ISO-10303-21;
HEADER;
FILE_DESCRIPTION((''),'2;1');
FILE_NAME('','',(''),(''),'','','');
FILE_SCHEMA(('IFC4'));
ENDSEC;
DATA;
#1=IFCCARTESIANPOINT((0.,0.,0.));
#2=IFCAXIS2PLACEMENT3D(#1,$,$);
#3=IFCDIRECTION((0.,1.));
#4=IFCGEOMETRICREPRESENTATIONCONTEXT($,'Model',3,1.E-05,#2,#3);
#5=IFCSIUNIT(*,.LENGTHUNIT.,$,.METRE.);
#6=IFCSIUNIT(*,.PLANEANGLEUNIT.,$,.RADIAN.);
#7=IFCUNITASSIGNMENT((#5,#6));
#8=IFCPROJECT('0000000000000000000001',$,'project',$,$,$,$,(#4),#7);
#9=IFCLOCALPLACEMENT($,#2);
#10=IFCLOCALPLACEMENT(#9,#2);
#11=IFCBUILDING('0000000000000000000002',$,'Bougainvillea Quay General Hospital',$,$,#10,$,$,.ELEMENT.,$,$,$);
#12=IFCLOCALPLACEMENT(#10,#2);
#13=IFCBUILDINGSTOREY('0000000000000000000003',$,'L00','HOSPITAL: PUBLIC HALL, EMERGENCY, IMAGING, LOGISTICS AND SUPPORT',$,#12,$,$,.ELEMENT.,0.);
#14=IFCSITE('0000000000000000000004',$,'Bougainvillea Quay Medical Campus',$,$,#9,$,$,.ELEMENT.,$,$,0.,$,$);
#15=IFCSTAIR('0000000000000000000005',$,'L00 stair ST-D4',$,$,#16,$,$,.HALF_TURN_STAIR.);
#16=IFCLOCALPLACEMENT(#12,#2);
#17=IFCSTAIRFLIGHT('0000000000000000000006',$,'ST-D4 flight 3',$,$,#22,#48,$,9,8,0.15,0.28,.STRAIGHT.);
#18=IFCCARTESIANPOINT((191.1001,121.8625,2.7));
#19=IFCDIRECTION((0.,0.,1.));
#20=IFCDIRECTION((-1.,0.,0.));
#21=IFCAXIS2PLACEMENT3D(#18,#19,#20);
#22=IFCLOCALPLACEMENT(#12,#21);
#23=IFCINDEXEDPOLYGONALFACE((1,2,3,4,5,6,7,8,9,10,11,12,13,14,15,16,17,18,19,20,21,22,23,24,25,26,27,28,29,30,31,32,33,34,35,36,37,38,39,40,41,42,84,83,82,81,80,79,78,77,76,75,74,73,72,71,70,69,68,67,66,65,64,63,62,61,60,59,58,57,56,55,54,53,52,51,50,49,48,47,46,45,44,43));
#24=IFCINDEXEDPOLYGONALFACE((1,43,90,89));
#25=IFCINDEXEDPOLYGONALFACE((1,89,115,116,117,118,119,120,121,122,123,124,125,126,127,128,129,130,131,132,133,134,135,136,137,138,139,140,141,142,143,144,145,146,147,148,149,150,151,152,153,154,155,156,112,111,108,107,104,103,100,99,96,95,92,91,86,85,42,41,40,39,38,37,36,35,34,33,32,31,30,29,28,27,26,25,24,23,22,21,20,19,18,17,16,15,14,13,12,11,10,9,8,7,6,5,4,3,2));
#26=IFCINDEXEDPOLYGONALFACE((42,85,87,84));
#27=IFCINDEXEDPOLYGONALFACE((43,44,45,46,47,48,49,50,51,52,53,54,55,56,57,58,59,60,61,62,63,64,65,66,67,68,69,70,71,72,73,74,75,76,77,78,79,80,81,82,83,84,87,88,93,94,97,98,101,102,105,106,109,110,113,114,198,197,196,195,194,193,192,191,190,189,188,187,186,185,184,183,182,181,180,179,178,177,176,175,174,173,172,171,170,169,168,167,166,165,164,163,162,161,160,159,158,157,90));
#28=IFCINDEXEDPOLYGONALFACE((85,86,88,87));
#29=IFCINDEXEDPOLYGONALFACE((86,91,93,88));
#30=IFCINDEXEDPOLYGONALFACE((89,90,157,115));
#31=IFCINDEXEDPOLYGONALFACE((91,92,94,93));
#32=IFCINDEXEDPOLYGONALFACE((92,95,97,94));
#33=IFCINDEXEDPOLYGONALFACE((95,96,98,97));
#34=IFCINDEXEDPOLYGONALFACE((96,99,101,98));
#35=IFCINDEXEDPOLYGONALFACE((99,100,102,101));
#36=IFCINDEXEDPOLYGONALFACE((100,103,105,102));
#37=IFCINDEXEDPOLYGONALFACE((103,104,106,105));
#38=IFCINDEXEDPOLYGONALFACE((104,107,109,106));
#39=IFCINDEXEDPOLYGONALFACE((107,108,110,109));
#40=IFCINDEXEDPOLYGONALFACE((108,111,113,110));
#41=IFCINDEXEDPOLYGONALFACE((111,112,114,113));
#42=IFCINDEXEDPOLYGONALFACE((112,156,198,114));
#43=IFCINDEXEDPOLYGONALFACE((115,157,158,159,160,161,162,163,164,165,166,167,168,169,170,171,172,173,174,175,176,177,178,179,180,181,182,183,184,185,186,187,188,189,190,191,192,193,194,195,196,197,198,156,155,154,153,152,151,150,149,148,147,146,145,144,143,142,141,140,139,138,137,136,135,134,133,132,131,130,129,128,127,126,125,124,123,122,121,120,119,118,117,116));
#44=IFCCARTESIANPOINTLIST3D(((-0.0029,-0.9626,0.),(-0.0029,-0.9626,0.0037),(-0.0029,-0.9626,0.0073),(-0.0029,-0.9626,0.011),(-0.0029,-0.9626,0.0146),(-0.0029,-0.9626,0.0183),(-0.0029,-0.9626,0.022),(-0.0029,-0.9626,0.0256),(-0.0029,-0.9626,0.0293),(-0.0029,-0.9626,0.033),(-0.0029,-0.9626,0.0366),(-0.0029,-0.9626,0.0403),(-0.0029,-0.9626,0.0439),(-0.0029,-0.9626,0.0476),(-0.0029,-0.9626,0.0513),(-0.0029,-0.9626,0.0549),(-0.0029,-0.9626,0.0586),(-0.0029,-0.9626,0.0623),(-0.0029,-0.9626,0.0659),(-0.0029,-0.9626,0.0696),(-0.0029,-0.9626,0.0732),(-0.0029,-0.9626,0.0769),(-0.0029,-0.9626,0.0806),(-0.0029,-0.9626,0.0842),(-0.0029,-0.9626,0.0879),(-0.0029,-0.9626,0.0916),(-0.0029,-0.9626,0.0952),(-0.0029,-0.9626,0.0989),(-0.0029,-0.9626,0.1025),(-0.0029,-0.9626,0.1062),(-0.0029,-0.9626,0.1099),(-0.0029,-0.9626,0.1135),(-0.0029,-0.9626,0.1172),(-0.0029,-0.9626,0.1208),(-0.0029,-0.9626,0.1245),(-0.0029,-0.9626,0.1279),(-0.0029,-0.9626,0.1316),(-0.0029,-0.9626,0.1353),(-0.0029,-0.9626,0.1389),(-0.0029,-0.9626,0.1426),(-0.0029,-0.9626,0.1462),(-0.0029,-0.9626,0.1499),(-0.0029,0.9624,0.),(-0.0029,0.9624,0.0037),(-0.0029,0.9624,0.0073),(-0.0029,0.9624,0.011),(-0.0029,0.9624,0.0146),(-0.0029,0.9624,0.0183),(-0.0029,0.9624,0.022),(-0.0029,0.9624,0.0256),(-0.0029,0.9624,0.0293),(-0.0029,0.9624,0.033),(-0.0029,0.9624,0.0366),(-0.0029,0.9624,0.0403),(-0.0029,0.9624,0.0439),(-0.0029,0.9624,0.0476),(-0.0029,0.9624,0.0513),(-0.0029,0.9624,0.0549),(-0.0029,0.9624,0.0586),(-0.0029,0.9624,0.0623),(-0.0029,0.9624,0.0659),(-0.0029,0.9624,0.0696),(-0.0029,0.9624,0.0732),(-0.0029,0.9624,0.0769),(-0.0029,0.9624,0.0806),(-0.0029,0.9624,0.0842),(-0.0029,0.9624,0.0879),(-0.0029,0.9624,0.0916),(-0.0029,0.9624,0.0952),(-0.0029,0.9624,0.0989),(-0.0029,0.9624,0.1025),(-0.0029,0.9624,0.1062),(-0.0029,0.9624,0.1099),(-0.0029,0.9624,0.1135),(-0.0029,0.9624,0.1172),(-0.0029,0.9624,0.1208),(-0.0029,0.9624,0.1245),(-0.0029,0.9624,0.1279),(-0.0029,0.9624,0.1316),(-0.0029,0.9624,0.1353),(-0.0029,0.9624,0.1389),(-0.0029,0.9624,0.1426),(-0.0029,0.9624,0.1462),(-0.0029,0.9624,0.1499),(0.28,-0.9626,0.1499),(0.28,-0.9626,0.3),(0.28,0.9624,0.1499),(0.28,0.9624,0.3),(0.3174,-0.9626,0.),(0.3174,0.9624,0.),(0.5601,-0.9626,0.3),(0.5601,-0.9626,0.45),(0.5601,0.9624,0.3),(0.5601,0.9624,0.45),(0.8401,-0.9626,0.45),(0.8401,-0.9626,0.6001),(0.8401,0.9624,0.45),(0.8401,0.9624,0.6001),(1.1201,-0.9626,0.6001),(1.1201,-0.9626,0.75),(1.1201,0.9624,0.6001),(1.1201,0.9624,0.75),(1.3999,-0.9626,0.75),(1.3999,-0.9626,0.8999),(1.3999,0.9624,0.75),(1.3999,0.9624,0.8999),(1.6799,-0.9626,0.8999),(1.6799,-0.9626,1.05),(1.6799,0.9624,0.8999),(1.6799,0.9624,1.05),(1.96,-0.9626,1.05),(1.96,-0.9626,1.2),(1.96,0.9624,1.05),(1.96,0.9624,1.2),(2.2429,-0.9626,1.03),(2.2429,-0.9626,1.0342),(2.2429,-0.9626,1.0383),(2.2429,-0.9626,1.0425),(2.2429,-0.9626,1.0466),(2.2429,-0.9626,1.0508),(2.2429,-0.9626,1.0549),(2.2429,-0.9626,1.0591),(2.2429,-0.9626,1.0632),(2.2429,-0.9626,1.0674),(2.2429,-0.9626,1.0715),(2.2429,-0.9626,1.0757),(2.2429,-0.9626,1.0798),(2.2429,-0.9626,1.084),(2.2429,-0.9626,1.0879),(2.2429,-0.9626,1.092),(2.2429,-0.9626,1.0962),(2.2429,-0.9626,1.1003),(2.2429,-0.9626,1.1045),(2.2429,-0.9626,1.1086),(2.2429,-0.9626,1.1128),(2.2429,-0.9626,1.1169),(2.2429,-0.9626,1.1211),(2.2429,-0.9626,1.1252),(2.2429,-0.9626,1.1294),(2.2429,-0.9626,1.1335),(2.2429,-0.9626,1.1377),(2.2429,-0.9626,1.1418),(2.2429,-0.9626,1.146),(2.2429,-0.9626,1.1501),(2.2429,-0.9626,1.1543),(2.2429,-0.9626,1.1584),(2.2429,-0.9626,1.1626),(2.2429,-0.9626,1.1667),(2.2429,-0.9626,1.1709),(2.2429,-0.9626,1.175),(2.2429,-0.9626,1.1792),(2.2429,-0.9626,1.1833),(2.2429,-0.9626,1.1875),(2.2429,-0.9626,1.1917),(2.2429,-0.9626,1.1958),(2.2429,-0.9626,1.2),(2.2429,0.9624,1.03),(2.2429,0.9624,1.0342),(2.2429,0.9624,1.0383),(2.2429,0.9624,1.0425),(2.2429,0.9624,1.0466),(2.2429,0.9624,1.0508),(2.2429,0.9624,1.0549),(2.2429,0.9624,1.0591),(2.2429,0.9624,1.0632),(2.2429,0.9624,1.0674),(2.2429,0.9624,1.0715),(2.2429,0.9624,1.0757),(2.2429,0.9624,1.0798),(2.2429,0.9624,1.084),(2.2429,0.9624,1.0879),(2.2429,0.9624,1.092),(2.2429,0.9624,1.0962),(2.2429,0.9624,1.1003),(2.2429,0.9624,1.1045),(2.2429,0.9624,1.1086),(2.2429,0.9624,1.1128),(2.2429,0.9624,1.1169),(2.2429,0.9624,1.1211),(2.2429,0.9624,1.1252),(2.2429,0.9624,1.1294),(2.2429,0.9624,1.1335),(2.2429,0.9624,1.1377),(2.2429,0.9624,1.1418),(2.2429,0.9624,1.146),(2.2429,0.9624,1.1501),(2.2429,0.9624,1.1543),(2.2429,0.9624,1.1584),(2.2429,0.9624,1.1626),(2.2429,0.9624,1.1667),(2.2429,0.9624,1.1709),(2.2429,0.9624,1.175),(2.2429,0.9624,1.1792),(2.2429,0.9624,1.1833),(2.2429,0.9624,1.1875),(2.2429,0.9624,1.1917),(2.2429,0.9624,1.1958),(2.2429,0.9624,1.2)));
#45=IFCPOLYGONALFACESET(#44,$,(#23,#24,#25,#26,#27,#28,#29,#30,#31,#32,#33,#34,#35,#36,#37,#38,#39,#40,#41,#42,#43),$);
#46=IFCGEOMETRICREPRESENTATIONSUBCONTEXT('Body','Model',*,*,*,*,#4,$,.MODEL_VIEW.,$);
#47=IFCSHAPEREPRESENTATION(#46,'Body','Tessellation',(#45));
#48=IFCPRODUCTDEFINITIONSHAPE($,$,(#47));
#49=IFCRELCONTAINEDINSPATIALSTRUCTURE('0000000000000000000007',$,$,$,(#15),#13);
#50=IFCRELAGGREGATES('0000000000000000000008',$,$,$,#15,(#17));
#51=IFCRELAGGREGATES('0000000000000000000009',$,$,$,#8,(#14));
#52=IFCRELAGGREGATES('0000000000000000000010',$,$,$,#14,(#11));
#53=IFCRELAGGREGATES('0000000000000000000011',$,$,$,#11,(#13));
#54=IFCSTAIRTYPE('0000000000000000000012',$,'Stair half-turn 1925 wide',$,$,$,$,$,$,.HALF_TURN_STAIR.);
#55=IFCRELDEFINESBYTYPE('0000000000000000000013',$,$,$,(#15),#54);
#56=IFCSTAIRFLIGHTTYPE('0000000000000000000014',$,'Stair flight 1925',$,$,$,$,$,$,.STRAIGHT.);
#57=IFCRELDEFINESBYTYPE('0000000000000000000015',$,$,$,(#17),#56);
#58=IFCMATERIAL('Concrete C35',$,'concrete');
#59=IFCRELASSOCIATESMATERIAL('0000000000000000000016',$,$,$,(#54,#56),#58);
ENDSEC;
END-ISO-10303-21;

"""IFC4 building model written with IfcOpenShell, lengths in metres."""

from ifc_helpers import new_model, si_unit, direction, frame, origin, place, context, subcontext, project, spatial, polyline, outline, extrude, material, type_object, element, aggregate, save


model = new_model("IFC4")

# Units and contexts
model_context = context("Model", 3, precision=1e-05, world=origin(), true_north=direction((0.0, 1.0)))
body_context = subcontext(model_context, "Body", "Model", "MODEL_VIEW")
ifc_project = project(units=[si_unit("LENGTHUNIT", "METRE"), si_unit("PLANEANGLEUNIT", "RADIAN")], contexts=[model_context])

# Site, building, storey
site_placement = place(None, origin())
site = spatial("IfcSite", under=ifc_project, at=site_placement, Name="Bougainvillea Quay Medical Campus", CompositionType="ELEMENT", RefElevation=0.0)
building_placement = place(site_placement, origin())
building = spatial("IfcBuilding", under=site, at=building_placement, Name="Bougainvillea Quay General Hospital", CompositionType="ELEMENT")
storey_placement = place(building_placement, origin())
storey = spatial("IfcBuildingStorey", under=building, at=storey_placement, Name="L00", Description="HOSPITAL: PUBLIC HALL, EMERGENCY, IMAGING, LOGISTICS AND SUPPORT", CompositionType="ELEMENT", Elevation=0.0)

# Stair, stair flight
ifc_material_1 = material(Name="Concrete C35", Category="concrete")
stair_type = type_object("IfcStairType", Name="Stair half-turn 1925 wide", PredefinedType="HALF_TURN_STAIR", material=ifc_material_1)
stair_placement = place(storey_placement, origin())
stair = element("IfcStair", 1, at=stair_placement, inside=storey, type_object=stair_type, Name="L00 stair ST-D4", PredefinedType="HALF_TURN_STAIR")
stair_flight_type = type_object("IfcStairFlightType", Name="Stair flight 1925", PredefinedType="STRAIGHT", material=ifc_material_1)
stair_flight_1_placement = place(storey_placement, frame((191.1001, 121.8625, 2.7), z_axis=(0.0, 0.0, 1.0), x_axis=(-1.0, 0.0, 0.0)))
stair_flight_1 = element("IfcStairFlight", 2, at=stair_flight_1_placement, type_object=stair_flight_type, Name="ST-D4 flight 3", NumberOfRisers=9, NumberOfTreads=8, PredefinedType="STRAIGHT", RiserHeight=0.15, TreadLength=0.28, context=body_context, shape_type="SweptSolid", body=[
    extrude(outline(polyline([(-0.0029, 0.0), (-0.0029, 0.0037), (-0.0029, 0.0073), (-0.0029, 0.011), (-0.0029, 0.0146), (-0.0029, 0.0183), (-0.0029, 0.022), (-0.0029, 0.0256), (-0.0029, 0.0293), (-0.0029, 0.033), (-0.0029, 0.0366), (-0.0029, 0.0403), (-0.0029, 0.0439), (-0.0029, 0.0476), (-0.0029, 0.0513), (-0.0029, 0.0549), (-0.0029, 0.0586), (-0.0029, 0.0623), (-0.0029, 0.0659), (-0.0029, 0.0696), (-0.0029, 0.0732), (-0.0029, 0.0769), (-0.0029, 0.0806), (-0.0029, 0.0842), (-0.0029, 0.0879), (-0.0029, 0.0916), (-0.0029, 0.0952), (-0.0029, 0.0989), (-0.0029, 0.1025), (-0.0029, 0.1062), (-0.0029, 0.1099), (-0.0029, 0.1135), (-0.0029, 0.1172), (-0.0029, 0.1208), (-0.0029, 0.1245), (-0.0029, 0.1279), (-0.0029, 0.1316), (-0.0029, 0.1353), (-0.0029, 0.1389), (-0.0029, 0.1426), (-0.0029, 0.1462), (-0.0029, 0.1499), (0.28, 0.1499), (0.28, 0.3), (0.5601, 0.3), (0.5601, 0.45), (0.8401, 0.45), (0.8401, 0.6001), (1.1201, 0.6001), (1.1201, 0.75), (1.3999, 0.75), (1.3999, 0.8999), (1.6799, 0.8999), (1.6799, 1.05), (1.96, 1.05), (1.96, 1.2), (2.2429, 1.2), (2.2429, 1.1958), (2.2429, 1.1917), (2.2429, 1.1875), (2.2429, 1.1833), (2.2429, 1.1792), (2.2429, 1.175), (2.2429, 1.1709), (2.2429, 1.1667), (2.2429, 1.1626), (2.2429, 1.1584), (2.2429, 1.1543), (2.2429, 1.1501), (2.2429, 1.146), (2.2429, 1.1418), (2.2429, 1.1377), (2.2429, 1.1335), (2.2429, 1.1294), (2.2429, 1.1252), (2.2429, 1.1211), (2.2429, 1.1169), (2.2429, 1.1128), (2.2429, 1.1086), (2.2429, 1.1045), (2.2429, 1.1003), (2.2429, 1.0962), (2.2429, 1.092), (2.2429, 1.0879), (2.2429, 1.084), (2.2429, 1.0798), (2.2429, 1.0757), (2.2429, 1.0715), (2.2429, 1.0674), (2.2429, 1.0632), (2.2429, 1.0591), (2.2429, 1.0549), (2.2429, 1.0508), (2.2429, 1.0466), (2.2429, 1.0425), (2.2429, 1.0383), (2.2429, 1.0342), (2.2429, 1.03), (0.3174, 0.0), (-0.0029, 0.0)])), frame((0.0, 0.9624, 0.0), z_axis=(0.0, -1.0, 0.0), x_axis=(1.0, 0.0, 0.0)), (0.0, 0.0, 1.0), 1.925),
])
aggregate(stair, [stair_flight_1])

save(model, "model.ifc")
